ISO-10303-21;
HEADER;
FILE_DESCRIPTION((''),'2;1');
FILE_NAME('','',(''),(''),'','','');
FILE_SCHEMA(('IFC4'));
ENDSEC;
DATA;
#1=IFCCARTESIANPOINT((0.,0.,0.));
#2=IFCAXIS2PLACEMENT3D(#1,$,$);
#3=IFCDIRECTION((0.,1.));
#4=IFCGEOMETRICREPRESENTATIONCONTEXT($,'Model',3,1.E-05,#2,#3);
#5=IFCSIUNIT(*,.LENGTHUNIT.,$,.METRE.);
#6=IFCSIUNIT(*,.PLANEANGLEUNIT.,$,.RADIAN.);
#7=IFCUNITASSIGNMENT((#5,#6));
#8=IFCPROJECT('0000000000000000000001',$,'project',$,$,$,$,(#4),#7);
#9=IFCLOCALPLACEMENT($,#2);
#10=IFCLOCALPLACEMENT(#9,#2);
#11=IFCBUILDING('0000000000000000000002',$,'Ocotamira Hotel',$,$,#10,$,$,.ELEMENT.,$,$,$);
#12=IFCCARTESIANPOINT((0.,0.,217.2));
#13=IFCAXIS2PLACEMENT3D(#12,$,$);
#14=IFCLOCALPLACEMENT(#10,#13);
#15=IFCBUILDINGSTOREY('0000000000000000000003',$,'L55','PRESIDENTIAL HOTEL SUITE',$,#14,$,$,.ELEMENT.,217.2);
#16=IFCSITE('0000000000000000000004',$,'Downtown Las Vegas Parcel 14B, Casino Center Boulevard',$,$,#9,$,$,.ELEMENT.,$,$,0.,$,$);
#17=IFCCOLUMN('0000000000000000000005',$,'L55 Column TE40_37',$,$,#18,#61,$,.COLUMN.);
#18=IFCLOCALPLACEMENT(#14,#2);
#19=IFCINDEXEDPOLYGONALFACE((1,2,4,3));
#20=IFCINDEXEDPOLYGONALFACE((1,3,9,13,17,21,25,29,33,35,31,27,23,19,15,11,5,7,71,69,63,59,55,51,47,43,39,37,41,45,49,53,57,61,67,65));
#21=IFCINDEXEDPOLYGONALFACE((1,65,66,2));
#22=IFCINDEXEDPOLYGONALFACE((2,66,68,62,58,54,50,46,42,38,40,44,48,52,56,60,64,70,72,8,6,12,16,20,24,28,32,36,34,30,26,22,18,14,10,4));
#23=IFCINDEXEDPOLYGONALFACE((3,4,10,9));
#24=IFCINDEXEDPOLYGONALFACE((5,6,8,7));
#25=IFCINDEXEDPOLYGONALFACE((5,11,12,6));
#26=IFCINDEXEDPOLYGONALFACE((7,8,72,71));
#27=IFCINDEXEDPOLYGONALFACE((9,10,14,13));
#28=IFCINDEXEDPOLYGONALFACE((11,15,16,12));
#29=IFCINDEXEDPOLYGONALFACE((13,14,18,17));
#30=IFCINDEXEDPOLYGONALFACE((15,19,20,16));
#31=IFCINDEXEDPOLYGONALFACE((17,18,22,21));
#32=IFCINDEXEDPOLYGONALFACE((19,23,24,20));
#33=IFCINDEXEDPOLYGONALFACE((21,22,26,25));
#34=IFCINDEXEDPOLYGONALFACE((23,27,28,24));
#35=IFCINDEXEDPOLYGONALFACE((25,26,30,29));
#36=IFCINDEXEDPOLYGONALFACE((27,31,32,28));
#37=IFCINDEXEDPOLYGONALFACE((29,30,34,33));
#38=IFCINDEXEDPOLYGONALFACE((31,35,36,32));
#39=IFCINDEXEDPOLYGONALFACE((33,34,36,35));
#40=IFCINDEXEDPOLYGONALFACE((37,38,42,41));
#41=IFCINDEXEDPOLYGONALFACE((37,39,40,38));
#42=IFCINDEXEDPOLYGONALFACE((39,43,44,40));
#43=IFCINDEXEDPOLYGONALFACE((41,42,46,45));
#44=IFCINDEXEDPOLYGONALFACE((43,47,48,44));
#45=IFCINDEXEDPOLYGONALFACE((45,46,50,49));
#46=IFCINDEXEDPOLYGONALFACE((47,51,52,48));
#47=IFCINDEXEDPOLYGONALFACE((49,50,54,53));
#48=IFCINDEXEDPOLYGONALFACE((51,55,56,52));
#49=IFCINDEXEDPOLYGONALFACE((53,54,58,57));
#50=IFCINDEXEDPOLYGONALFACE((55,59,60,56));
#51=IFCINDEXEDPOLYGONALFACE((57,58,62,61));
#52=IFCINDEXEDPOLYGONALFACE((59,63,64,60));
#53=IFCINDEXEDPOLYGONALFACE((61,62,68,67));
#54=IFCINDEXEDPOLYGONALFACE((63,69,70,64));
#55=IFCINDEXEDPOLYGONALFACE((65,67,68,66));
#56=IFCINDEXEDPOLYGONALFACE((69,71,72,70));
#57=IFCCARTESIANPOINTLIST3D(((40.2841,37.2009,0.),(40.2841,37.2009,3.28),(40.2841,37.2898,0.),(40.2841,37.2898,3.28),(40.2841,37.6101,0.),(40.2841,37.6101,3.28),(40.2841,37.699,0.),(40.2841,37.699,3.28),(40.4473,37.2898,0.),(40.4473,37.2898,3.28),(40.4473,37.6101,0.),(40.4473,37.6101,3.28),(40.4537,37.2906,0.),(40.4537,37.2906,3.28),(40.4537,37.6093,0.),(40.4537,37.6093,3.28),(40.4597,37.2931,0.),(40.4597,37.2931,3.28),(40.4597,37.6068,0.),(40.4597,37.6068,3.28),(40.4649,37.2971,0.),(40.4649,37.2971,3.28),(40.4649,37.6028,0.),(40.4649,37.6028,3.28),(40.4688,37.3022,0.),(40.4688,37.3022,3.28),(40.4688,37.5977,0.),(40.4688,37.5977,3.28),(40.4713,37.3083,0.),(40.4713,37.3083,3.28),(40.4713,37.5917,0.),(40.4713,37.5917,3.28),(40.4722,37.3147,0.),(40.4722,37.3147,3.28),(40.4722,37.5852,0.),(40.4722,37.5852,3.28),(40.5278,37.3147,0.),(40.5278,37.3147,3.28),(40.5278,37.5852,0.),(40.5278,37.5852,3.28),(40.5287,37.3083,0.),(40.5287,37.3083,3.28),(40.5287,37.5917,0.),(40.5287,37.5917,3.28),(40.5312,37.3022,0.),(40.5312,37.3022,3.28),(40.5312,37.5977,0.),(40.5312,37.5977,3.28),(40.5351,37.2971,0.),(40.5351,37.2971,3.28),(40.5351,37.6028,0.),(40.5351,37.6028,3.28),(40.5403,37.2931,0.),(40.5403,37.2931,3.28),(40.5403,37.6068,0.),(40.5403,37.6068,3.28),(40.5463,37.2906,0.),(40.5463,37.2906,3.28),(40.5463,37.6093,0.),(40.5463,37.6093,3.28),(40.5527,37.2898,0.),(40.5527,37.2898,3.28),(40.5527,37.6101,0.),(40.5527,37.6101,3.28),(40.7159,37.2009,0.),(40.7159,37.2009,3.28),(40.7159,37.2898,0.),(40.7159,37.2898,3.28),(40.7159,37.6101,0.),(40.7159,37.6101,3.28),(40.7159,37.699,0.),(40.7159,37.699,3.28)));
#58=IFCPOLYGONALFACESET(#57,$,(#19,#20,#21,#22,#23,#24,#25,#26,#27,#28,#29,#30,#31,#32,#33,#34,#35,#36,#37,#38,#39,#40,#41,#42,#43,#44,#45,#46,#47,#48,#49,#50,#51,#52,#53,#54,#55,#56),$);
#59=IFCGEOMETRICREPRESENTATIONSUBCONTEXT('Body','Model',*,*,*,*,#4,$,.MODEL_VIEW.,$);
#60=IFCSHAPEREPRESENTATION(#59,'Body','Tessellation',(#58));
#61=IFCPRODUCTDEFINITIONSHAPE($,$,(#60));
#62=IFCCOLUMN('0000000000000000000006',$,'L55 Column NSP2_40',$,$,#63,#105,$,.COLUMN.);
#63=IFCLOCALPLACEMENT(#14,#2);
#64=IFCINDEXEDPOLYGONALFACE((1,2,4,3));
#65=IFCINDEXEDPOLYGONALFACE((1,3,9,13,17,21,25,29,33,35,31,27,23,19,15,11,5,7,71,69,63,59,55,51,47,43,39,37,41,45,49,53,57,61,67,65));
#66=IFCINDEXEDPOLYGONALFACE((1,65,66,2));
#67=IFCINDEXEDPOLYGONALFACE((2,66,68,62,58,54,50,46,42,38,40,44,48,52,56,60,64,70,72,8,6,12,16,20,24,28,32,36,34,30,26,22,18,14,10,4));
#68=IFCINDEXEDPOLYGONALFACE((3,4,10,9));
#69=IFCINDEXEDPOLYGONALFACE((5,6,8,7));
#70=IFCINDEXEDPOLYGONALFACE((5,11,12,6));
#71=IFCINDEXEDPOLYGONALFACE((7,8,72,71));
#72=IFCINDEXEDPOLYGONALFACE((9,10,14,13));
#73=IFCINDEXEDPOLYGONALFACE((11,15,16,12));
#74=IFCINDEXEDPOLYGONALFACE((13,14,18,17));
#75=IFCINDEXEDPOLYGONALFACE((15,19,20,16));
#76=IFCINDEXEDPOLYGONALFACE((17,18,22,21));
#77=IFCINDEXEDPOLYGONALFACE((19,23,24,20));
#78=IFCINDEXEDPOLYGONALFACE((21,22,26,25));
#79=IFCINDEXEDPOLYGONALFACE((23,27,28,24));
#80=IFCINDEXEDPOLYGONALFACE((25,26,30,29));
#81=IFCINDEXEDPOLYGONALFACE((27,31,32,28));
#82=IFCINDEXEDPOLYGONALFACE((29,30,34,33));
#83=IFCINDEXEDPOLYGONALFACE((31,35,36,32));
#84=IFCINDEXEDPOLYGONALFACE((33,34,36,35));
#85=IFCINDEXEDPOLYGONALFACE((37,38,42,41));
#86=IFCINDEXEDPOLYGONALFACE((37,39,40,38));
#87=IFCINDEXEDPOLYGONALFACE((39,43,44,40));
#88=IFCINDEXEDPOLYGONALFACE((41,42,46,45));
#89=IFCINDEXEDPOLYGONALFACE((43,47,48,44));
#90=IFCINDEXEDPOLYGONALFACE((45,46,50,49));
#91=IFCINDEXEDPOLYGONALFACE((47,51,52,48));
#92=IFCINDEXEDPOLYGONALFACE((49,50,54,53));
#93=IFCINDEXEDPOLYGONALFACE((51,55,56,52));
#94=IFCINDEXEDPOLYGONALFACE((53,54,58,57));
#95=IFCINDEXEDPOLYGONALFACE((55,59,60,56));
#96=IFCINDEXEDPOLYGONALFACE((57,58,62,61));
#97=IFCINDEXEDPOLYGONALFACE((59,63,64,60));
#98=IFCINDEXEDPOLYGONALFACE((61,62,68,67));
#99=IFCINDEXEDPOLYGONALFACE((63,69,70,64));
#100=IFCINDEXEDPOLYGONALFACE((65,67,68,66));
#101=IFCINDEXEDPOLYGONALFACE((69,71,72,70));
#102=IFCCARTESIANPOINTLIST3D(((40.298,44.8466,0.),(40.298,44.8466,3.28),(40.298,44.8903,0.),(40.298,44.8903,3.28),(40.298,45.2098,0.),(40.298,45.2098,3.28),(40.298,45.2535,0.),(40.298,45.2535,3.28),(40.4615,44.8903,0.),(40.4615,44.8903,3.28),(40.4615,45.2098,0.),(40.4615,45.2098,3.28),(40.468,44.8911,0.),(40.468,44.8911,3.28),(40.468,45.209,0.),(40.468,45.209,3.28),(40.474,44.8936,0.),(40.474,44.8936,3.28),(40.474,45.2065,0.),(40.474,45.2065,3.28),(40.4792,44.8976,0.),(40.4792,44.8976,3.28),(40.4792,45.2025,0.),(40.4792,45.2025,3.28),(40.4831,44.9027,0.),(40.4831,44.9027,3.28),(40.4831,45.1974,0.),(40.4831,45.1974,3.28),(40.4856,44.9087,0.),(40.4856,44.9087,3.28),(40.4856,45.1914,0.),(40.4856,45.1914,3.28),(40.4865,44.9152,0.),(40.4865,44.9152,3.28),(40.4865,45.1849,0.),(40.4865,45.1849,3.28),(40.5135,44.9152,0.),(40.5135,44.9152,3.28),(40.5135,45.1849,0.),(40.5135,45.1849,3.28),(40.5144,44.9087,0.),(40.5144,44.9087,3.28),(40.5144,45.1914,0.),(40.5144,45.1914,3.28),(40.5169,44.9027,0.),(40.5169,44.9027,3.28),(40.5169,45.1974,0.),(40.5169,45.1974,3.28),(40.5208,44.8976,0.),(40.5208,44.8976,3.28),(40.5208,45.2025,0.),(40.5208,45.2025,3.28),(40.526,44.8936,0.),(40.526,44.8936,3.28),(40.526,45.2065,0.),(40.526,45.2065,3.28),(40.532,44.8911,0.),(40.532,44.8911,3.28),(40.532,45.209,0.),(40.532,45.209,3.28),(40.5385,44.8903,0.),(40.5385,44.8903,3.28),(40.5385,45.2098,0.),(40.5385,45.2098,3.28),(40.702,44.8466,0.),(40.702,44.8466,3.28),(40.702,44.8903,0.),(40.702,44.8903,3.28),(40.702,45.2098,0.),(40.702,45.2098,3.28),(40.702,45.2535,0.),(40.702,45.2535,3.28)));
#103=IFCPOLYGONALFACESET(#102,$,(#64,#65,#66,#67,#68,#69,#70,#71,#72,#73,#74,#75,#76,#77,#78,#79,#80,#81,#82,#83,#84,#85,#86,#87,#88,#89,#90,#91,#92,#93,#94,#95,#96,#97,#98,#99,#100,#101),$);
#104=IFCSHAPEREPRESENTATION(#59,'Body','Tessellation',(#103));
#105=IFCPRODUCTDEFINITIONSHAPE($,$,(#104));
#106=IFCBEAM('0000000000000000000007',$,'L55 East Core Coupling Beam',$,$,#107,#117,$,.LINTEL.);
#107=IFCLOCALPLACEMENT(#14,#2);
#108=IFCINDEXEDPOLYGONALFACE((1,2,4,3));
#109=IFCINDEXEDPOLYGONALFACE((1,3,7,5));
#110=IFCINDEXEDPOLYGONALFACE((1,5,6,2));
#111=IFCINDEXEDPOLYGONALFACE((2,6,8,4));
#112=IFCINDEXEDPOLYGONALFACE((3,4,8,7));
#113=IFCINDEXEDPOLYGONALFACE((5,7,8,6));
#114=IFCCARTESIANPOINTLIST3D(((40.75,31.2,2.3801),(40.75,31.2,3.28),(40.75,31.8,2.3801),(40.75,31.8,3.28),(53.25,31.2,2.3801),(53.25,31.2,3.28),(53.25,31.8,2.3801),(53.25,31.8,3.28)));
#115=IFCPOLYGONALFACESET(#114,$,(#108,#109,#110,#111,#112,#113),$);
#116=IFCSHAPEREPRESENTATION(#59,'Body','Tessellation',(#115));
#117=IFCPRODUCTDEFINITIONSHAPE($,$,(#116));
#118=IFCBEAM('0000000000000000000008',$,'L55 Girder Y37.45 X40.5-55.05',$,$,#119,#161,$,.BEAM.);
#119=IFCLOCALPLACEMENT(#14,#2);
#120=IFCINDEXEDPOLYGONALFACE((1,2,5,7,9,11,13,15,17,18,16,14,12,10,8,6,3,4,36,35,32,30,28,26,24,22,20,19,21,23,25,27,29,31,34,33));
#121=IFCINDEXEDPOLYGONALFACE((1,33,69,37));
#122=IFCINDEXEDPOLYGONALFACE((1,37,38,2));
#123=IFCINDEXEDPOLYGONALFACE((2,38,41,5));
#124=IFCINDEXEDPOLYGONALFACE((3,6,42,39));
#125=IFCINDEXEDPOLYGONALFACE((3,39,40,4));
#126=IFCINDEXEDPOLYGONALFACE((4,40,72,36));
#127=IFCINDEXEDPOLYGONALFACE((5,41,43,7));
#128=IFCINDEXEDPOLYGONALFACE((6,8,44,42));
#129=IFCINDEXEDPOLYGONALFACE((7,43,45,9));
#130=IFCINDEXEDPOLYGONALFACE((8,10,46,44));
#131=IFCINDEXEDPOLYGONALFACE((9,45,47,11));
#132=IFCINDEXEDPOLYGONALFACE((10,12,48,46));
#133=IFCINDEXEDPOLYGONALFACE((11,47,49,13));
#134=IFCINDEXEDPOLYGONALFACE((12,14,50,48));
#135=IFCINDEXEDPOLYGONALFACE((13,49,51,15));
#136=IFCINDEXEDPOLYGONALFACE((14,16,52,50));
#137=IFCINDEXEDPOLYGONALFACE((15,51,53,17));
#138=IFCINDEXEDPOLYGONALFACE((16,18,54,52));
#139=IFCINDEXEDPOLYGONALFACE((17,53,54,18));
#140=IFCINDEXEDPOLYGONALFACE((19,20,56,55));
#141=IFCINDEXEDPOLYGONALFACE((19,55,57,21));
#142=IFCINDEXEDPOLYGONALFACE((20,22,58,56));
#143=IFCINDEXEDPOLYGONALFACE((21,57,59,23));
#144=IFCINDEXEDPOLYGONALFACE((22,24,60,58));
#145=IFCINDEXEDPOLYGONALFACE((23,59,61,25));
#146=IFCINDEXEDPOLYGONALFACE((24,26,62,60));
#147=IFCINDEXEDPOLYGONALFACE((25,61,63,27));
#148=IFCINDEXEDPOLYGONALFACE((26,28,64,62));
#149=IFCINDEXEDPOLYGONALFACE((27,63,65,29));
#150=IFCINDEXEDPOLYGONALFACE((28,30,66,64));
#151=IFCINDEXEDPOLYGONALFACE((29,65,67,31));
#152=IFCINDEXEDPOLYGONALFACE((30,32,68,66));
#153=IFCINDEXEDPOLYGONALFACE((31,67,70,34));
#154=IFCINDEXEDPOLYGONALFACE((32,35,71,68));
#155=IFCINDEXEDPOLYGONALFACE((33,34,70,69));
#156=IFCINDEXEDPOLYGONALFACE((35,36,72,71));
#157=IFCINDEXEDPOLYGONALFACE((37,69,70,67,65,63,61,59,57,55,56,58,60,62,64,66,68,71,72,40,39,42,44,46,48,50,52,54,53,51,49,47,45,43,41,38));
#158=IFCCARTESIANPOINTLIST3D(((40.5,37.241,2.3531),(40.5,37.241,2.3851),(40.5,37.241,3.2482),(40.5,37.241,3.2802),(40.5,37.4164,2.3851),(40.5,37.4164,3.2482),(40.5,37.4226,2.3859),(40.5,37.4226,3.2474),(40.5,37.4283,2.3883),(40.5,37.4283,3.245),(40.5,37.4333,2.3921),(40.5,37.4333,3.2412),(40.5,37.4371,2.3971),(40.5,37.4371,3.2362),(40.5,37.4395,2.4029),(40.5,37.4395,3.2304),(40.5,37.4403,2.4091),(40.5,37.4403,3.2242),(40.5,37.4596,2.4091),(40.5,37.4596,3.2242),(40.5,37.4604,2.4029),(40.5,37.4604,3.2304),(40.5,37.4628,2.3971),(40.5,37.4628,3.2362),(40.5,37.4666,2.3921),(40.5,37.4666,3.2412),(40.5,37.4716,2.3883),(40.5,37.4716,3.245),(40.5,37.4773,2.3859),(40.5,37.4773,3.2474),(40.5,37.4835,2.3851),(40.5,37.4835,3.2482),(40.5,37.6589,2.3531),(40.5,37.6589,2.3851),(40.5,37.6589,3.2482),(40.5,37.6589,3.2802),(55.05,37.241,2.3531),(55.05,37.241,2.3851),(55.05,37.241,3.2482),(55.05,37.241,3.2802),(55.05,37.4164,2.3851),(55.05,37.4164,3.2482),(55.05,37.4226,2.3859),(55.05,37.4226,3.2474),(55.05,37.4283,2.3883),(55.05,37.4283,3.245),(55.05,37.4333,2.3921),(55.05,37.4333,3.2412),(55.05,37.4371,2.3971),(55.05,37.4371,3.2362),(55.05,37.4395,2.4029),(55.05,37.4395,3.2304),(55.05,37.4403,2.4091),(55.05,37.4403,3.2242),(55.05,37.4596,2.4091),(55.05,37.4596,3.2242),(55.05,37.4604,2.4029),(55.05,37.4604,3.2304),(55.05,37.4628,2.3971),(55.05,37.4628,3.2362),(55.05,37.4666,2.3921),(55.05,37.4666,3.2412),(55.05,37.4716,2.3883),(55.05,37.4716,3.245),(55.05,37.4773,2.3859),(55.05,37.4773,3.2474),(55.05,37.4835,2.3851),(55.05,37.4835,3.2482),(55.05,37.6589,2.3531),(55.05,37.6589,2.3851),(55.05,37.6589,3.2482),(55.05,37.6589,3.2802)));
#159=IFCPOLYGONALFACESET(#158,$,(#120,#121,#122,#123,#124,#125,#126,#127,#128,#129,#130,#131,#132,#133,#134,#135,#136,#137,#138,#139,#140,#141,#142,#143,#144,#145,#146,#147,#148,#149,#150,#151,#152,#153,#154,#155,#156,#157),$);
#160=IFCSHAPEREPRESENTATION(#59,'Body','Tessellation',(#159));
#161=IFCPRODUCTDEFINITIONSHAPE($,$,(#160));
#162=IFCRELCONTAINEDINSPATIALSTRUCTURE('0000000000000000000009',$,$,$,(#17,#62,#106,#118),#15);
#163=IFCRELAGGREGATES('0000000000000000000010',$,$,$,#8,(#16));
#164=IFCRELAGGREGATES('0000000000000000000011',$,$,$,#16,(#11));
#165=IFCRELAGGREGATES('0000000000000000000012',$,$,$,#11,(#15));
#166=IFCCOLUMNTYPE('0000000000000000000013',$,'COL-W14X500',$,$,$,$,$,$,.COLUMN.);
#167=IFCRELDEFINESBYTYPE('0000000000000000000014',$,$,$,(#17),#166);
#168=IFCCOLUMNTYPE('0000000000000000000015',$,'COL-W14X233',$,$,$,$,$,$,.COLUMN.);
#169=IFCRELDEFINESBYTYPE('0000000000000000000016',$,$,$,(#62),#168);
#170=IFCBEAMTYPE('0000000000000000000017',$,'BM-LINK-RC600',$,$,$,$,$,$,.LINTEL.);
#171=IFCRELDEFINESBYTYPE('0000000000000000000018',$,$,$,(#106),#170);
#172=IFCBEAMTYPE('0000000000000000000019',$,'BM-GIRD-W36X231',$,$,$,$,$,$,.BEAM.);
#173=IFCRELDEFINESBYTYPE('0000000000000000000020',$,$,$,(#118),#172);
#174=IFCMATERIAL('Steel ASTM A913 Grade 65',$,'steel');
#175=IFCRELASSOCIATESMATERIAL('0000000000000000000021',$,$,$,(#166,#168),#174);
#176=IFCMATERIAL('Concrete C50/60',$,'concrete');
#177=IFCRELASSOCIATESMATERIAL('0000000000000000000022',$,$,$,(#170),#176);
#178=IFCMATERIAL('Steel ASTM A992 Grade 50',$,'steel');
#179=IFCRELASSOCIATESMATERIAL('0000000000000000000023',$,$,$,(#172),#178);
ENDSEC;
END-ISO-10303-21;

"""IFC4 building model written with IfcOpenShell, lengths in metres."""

from ifc_helpers import new_model, si_unit, direction, frame, origin, origin_2d, place, context, subcontext, project, spatial, rectangle, i_section, extrude, source, transform, mapped, material, material_profile, profile_set, type_object, element, save


model = new_model("IFC4")

# Units and contexts
model_context = context("Model", 3, precision=1e-05, world=origin(), true_north=direction((0.0, 1.0)))
body_context = subcontext(model_context, "Body", "Model", "MODEL_VIEW")
ifc_project = project(units=[si_unit("LENGTHUNIT", "METRE"), si_unit("PLANEANGLEUNIT", "RADIAN")], contexts=[model_context])

# Site, building, storey
site_placement = place(None, origin())
site = spatial("IfcSite", under=ifc_project, at=site_placement, Name="Downtown Las Vegas Parcel 14B, Casino Center Boulevard", CompositionType="ELEMENT", RefElevation=0.0)
building_placement = place(site_placement, origin())
building = spatial("IfcBuilding", under=site, at=building_placement, Name="Ocotamira Hotel", CompositionType="ELEMENT")
storey_placement = place(building_placement, frame((0.0, 0.0, 217.2)))
storey = spatial("IfcBuildingStorey", under=building, at=storey_placement, Name="L55", Description="PRESIDENTIAL HOTEL SUITE", CompositionType="ELEMENT", Elevation=217.2)

# Columns
ifc_material_1 = material(Name="Steel ASTM A913 Grade 65", Category="steel")
ifc_material_profile_1 = material_profile(ifc_material_1, i_section(OverallWidth=0.4319, OverallDepth=0.498, WebThickness=0.0557, FlangeThickness=0.0889, FilletRadius=0.0249, at=origin_2d()), Name="W14X500")
ifc_profile_set_1 = profile_set([ifc_material_profile_1], Name="Steel ASTM A913 Grade 65")
column_type_1 = type_object("IfcColumnType", Name="COL-W14X500", PredefinedType="COLUMN", material=ifc_profile_set_1)
shared_shape_1 = source(origin(), body_context, "Body", "SweptSolid", [
    extrude(i_section(OverallWidth=0.4319, OverallDepth=0.498, WebThickness=0.0557, FlangeThickness=0.0889, FilletRadius=0.0249, at=origin_2d()), origin(), (0.0, 0.0, 1.0), 3.28),
])
column_1_placement = place(storey_placement, frame((40.5, 37.45, 0.0), z_axis=(0.0, 0.0, 1.0), x_axis=(1.0, 0.0, 0.0)))
element("IfcColumn", 1, at=column_1_placement, inside=storey, type_object=column_type_1, Name="L55 Column TE40_37", PredefinedType="COLUMN", context=body_context, shape_type="MappedRepresentation", body=[
    mapped(shared_shape_1, transform((0.0, 0.0, 0.0), scale=1.0)),
])
ifc_material_profile_2 = material_profile(ifc_material_1, i_section(OverallWidth=0.4041, OverallDepth=0.407, WebThickness=0.0271, FlangeThickness=0.0437, FilletRadius=0.0249, at=origin_2d()), Name="W14X233")
ifc_profile_set_2 = profile_set([ifc_material_profile_2], Name="Steel ASTM A913 Grade 65")
column_type_2 = type_object("IfcColumnType", Name="COL-W14X233", PredefinedType="COLUMN", material=ifc_profile_set_2)
shared_shape_2 = source(origin(), body_context, "Body", "SweptSolid", [
    extrude(i_section(OverallWidth=0.4041, OverallDepth=0.407, WebThickness=0.0271, FlangeThickness=0.0437, FilletRadius=0.0249, at=origin_2d()), origin(), (0.0, 0.0, 1.0), 3.28),
])
column_2_placement = place(storey_placement, frame((40.5, 45.05, 0.0), z_axis=(0.0, 0.0, 1.0), x_axis=(1.0, 0.0, 0.0)))
element("IfcColumn", 2, at=column_2_placement, inside=storey, type_object=column_type_2, Name="L55 Column NSP2_40", PredefinedType="COLUMN", context=body_context, shape_type="MappedRepresentation", body=[
    mapped(shared_shape_2, transform((0.0, 0.0, 0.0), scale=1.0)),
])

# Beams
ifc_material_2 = material(Name="Concrete C50/60", Category="concrete")
ifc_material_profile_3 = material_profile(ifc_material_2, rectangle(XDim=0.6001, YDim=0.8999, at=origin_2d()), Name="RC600X900")
ifc_profile_set_3 = profile_set([ifc_material_profile_3], Name="Concrete C50/60")
beam_type_1 = type_object("IfcBeamType", Name="BM-LINK-RC600", PredefinedType="LINTEL", material=ifc_profile_set_3)
shared_shape_3 = source(origin(), body_context, "Body", "SweptSolid", [
    extrude(rectangle(XDim=0.6001, YDim=0.8999, at=origin_2d()), origin(), (0.0, 0.0, 1.0), 12.5),
])
beam_1_placement = place(storey_placement, frame((40.75, 31.5, 2.8301), z_axis=(1.0, 0.0, 0.0), x_axis=(0.0, 1.0, 0.0)))
element("IfcBeam", 3, at=beam_1_placement, inside=storey, type_object=beam_type_1, Name="L55 East Core Coupling Beam", PredefinedType="LINTEL", context=body_context, shape_type="MappedRepresentation", body=[
    mapped(shared_shape_3, transform((0.0, 0.0, 0.0), scale=1.0)),
])
ifc_material_3 = material(Name="Steel ASTM A992 Grade 50", Category="steel")
ifc_material_profile_4 = material_profile(ifc_material_3, i_section(OverallWidth=0.418, OverallDepth=0.927, WebThickness=0.0193, FlangeThickness=0.032, FilletRadius=0.0239, at=origin_2d()), Name="W36X231")
ifc_profile_set_4 = profile_set([ifc_material_profile_4], Name="Steel ASTM A992 Grade 50")
beam_type_2 = type_object("IfcBeamType", Name="BM-GIRD-W36X231", PredefinedType="BEAM", material=ifc_profile_set_4)
shared_shape_4 = source(origin(), body_context, "Body", "SweptSolid", [
    extrude(i_section(OverallWidth=0.418, OverallDepth=0.927, WebThickness=0.0193, FlangeThickness=0.032, FilletRadius=0.0239, at=origin_2d()), origin(), (0.0, 0.0, 1.0), 14.55),
])
beam_2_placement = place(storey_placement, frame((40.5, 37.45, 2.8167), z_axis=(1.0, 0.0, 0.0), x_axis=(0.0, 1.0, 0.0)))
element("IfcBeam", 4, at=beam_2_placement, inside=storey, type_object=beam_type_2, Name="L55 Girder Y37.45 X40.5-55.05", PredefinedType="BEAM", context=body_context, shape_type="MappedRepresentation", body=[
    mapped(shared_shape_4, transform((0.0, 0.0, 0.0), scale=1.0)),
])

save(model, "model.ifc")
